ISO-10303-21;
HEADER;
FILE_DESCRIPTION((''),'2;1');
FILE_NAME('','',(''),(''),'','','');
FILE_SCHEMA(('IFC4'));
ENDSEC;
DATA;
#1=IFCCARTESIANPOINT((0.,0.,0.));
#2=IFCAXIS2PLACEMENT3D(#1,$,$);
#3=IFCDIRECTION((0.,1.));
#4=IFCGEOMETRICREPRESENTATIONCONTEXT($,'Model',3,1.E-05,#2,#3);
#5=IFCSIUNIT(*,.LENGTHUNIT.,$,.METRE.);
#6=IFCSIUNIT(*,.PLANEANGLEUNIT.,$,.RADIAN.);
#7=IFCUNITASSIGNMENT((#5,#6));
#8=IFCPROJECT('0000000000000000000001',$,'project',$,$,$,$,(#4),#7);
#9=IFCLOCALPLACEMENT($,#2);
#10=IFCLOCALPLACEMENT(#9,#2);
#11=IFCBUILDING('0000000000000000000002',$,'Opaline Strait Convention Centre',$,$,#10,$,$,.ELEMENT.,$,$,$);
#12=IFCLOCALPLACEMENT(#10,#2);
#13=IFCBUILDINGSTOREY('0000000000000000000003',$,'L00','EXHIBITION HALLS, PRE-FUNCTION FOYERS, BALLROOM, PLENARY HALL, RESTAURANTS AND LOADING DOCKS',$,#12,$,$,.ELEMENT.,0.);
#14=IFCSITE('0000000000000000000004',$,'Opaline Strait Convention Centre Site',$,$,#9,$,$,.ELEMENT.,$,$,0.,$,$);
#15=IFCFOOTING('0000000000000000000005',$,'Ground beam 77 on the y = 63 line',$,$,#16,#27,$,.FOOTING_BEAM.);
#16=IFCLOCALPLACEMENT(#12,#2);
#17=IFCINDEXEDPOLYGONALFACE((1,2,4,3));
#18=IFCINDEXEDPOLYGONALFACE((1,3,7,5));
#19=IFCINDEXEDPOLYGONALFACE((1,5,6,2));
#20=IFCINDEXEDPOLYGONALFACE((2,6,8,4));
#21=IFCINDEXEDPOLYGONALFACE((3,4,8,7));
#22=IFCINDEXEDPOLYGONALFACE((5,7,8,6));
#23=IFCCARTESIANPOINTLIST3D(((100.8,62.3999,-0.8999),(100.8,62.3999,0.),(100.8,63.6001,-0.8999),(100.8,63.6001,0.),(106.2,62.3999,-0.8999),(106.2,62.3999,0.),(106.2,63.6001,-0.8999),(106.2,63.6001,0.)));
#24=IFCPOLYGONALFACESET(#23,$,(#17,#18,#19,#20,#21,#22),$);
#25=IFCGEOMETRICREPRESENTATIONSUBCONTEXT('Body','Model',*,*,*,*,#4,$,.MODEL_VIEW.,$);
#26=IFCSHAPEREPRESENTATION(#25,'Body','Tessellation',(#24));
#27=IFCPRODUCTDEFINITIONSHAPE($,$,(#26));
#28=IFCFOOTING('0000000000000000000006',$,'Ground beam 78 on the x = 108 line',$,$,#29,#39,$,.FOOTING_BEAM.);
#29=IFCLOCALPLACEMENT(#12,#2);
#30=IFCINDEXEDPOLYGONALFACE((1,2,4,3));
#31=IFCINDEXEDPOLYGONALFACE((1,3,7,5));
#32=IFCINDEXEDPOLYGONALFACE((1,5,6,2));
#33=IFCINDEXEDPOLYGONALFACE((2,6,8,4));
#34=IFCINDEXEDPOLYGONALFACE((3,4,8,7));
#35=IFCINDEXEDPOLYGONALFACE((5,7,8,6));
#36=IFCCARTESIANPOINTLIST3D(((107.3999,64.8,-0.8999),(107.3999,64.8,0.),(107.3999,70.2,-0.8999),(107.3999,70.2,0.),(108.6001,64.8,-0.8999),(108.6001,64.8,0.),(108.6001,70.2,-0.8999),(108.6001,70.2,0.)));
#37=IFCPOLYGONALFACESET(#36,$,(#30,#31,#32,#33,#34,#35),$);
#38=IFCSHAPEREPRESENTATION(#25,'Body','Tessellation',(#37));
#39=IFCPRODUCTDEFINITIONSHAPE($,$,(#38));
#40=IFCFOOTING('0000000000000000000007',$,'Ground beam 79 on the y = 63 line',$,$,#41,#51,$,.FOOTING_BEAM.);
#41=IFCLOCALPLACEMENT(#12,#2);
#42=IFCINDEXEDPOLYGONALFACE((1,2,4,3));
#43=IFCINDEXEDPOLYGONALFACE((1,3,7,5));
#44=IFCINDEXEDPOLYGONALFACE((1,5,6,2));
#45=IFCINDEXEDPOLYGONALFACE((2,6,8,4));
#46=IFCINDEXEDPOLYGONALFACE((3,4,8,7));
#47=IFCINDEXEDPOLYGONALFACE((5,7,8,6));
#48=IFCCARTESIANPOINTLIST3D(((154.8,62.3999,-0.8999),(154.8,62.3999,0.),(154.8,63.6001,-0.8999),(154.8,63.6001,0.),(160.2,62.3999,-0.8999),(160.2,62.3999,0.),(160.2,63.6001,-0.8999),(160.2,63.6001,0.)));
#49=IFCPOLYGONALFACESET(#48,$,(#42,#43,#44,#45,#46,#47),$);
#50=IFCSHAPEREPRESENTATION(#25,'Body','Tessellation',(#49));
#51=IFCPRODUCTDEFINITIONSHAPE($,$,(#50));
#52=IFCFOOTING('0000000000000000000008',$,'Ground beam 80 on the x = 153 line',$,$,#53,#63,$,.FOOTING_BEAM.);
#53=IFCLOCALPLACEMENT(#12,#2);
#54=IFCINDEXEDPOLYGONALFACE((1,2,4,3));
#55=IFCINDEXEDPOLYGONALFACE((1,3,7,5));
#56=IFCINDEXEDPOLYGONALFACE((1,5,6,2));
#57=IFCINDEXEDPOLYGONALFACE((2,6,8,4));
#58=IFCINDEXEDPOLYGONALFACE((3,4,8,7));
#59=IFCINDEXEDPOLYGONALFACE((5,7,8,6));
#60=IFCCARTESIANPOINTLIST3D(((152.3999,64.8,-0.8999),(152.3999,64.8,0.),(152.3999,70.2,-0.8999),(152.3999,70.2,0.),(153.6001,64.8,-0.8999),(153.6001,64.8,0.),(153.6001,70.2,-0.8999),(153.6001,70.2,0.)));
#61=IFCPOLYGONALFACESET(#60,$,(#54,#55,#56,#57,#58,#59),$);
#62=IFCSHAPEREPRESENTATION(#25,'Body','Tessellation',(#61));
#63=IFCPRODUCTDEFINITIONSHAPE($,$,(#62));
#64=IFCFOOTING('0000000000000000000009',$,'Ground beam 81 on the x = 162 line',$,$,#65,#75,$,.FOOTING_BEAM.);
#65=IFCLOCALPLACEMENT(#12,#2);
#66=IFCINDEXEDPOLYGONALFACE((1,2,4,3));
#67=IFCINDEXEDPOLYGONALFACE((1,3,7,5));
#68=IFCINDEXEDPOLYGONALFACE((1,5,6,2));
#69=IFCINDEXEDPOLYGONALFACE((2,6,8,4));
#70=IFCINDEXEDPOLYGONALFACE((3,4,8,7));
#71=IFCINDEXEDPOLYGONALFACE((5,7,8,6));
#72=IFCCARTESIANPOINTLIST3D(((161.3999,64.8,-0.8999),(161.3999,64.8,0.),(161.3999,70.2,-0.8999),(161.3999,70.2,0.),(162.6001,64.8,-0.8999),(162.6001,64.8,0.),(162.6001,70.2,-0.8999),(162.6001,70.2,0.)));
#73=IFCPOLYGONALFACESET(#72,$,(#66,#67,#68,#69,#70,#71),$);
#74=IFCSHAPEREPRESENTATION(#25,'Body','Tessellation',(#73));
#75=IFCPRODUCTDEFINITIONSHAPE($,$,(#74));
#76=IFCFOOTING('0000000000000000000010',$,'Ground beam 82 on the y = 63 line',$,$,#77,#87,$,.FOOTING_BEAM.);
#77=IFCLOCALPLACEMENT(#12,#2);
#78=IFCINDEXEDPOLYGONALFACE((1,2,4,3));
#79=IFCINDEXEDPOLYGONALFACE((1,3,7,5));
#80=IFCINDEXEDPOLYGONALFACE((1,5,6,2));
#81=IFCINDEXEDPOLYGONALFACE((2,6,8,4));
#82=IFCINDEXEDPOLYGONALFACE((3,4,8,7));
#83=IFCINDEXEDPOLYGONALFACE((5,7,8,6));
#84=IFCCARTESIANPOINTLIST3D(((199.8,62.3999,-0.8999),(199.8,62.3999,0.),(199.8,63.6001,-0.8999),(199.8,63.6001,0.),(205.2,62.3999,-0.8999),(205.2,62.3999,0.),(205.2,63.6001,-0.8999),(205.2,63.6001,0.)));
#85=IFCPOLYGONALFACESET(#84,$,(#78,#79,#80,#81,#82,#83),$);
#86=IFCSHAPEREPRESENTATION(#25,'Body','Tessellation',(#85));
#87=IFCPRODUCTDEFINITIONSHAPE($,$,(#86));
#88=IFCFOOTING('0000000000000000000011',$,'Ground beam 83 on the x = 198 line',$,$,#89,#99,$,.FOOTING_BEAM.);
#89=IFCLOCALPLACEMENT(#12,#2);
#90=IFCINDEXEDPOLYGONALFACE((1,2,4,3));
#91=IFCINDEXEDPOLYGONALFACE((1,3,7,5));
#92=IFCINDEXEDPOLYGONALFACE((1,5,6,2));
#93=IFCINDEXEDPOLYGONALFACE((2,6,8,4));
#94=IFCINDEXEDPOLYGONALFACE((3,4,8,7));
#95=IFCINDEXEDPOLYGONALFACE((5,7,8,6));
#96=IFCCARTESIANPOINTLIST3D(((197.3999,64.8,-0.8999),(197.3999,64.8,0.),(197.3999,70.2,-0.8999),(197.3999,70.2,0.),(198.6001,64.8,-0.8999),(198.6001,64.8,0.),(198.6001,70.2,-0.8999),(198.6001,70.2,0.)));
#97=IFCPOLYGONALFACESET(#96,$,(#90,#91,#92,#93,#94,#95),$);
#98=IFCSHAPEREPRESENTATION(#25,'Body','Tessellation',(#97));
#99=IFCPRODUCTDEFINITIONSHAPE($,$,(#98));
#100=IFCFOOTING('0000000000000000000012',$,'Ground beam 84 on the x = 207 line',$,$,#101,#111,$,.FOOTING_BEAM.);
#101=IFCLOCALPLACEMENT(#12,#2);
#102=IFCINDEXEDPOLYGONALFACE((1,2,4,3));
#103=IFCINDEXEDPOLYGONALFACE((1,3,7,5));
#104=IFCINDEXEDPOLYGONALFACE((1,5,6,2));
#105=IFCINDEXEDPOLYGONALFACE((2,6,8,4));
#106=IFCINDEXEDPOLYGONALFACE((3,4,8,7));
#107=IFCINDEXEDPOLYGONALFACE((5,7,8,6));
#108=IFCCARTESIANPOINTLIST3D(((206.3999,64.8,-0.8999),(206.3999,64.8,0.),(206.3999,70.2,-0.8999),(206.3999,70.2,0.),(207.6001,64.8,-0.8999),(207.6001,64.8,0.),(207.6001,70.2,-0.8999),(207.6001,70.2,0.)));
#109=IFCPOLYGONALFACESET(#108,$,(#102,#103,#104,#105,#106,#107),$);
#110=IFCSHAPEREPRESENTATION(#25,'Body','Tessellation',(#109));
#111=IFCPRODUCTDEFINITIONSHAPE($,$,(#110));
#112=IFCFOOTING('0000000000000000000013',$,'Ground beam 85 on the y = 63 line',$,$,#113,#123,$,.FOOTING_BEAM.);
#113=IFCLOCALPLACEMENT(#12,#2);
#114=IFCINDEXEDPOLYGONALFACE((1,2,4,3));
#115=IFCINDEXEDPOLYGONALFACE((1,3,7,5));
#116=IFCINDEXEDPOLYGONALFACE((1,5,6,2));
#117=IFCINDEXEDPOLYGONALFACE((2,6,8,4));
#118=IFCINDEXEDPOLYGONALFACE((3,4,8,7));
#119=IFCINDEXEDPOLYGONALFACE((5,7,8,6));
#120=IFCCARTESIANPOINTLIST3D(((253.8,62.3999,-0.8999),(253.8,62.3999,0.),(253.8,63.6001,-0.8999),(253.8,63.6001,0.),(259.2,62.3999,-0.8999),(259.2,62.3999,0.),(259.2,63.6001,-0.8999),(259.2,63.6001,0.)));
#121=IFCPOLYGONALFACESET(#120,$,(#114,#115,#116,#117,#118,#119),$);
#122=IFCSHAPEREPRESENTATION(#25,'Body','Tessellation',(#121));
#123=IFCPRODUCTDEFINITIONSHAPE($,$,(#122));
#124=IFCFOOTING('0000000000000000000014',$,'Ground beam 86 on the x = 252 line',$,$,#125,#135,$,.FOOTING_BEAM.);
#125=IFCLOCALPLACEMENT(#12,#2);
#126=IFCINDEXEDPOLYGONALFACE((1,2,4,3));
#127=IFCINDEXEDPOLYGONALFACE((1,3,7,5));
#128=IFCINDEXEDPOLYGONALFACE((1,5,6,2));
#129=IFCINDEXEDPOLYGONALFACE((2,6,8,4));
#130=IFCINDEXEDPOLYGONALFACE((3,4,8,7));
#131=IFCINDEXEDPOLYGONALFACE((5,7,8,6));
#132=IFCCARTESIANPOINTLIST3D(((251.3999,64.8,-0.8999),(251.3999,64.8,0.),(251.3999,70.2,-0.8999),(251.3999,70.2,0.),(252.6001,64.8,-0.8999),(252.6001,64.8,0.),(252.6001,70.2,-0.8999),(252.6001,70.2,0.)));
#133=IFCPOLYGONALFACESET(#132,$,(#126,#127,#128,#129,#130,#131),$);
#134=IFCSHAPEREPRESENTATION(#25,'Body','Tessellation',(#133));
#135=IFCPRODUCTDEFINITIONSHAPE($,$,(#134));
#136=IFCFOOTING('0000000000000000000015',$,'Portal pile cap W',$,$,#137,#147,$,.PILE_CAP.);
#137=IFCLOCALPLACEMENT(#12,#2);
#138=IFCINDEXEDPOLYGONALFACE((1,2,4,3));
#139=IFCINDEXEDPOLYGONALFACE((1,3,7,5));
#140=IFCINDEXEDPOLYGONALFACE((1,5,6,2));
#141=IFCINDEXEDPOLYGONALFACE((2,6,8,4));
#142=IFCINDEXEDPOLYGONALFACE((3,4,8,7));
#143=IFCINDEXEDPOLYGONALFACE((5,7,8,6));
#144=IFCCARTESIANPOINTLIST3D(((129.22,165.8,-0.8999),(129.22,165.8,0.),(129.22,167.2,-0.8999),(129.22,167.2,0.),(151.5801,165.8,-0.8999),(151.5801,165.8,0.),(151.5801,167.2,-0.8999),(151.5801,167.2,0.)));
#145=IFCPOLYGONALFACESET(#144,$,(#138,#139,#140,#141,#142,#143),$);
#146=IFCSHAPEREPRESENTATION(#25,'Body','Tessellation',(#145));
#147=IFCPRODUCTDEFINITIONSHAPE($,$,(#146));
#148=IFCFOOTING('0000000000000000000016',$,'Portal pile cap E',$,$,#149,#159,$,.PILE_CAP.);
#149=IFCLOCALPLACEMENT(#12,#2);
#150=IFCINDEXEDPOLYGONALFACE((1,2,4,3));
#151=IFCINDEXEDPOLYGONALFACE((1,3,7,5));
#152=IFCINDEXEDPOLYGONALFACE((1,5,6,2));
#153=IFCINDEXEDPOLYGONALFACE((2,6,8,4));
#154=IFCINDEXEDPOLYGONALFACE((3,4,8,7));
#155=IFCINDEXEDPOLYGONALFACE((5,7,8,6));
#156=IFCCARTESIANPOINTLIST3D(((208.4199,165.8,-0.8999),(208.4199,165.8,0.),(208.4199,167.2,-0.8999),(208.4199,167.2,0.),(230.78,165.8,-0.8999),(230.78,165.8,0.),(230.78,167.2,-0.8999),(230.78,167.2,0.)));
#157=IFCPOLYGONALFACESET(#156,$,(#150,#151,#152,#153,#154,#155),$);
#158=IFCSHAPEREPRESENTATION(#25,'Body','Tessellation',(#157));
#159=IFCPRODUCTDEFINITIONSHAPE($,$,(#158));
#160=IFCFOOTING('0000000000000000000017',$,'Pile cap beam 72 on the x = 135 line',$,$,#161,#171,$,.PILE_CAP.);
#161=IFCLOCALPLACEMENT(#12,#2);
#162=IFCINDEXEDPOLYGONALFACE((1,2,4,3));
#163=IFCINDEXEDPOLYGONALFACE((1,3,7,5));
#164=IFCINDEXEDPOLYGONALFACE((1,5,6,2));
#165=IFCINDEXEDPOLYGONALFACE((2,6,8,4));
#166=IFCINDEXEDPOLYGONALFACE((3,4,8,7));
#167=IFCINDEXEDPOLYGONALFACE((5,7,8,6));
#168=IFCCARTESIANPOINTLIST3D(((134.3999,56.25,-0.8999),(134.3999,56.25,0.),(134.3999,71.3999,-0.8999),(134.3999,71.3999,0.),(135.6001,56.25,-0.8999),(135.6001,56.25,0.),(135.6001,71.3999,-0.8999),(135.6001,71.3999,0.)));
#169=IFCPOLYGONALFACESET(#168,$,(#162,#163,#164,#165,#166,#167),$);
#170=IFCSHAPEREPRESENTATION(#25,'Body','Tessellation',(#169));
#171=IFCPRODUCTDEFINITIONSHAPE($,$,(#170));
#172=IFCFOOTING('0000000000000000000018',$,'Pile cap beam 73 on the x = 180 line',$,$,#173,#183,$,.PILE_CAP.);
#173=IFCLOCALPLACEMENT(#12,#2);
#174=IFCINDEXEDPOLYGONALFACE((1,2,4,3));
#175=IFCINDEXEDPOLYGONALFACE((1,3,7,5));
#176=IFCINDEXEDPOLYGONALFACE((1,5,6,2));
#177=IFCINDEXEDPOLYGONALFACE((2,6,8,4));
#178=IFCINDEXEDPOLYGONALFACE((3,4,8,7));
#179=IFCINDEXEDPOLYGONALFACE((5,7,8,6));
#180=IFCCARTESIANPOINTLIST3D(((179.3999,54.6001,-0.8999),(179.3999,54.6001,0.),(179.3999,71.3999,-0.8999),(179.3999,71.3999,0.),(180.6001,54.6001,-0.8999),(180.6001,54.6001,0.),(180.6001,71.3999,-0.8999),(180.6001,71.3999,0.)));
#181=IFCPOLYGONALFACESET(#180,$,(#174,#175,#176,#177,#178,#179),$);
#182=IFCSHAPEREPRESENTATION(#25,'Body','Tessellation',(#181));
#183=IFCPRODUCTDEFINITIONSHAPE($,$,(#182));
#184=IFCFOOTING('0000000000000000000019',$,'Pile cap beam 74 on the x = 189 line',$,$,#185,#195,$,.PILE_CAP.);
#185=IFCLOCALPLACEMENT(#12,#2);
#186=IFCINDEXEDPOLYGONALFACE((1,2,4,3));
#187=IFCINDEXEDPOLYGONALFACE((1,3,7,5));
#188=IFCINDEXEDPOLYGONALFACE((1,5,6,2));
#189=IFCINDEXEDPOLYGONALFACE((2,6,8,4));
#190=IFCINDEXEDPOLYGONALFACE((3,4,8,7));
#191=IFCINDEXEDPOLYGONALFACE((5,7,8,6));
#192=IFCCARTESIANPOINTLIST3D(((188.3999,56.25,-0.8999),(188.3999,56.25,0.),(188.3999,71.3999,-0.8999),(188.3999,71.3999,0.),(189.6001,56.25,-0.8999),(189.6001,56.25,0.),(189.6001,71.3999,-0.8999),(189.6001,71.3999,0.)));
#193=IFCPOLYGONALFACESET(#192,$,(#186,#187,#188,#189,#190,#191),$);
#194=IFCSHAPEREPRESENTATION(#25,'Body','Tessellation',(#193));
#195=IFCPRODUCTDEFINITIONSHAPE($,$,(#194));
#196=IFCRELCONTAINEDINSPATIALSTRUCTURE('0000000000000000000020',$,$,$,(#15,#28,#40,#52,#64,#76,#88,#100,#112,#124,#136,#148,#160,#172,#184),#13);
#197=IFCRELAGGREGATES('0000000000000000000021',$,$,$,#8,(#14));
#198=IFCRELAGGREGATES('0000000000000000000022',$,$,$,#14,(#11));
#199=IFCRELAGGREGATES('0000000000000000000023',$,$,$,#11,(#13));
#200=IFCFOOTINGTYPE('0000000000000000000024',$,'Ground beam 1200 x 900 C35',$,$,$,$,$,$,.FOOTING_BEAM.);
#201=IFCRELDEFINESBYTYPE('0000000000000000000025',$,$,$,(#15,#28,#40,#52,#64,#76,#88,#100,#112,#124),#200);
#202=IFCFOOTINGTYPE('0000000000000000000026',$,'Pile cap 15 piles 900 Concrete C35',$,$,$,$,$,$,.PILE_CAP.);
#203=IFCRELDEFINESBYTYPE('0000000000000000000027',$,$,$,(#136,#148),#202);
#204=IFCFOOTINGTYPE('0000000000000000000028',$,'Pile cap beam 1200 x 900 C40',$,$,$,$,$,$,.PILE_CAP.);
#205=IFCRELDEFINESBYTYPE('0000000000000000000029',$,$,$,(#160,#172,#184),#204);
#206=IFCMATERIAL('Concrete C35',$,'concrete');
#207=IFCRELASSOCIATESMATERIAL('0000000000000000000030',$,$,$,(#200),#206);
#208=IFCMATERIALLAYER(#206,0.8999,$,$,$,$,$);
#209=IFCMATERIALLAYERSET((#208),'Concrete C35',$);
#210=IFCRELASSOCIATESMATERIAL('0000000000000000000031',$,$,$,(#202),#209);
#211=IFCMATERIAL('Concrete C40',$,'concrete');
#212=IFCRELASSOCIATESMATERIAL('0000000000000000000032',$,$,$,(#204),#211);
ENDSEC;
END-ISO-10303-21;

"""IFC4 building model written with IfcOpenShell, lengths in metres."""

from ifc_helpers import new_model, si_unit, direction, frame, origin, place, context, subcontext, project, spatial, polyline, outline, extrude, material, layer, layer_set, type_object, element, save


model = new_model("IFC4")

# Units and contexts
model_context = context("Model", 3, precision=1e-05, world=origin(), true_north=direction((0.0, 1.0)))
body_context = subcontext(model_context, "Body", "Model", "MODEL_VIEW")
ifc_project = project(units=[si_unit("LENGTHUNIT", "METRE"), si_unit("PLANEANGLEUNIT", "RADIAN")], contexts=[model_context])

# Site, building, storey
site_placement = place(None, origin())
site = spatial("IfcSite", under=ifc_project, at=site_placement, Name="Opaline Strait Convention Centre Site", CompositionType="ELEMENT", RefElevation=0.0)
building_placement = place(site_placement, origin())
building = spatial("IfcBuilding", under=site, at=building_placement, Name="Opaline Strait Convention Centre", CompositionType="ELEMENT")
storey_placement = place(building_placement, origin())
storey = spatial("IfcBuildingStorey", under=building, at=storey_placement, Name="L00", Description="EXHIBITION HALLS, PRE-FUNCTION FOYERS, BALLROOM, PLENARY HALL, RESTAURANTS AND LOADING DOCKS", CompositionType="ELEMENT", Elevation=0.0)

# Footings
ifc_material_1 = material(Name="Concrete C35", Category="concrete")
footing_type_1 = type_object("IfcFootingType", Name="Ground beam 1200 x 900 C35", PredefinedType="FOOTING_BEAM", material=ifc_material_1)
footing_1_placement = place(storey_placement, frame((0.0, 0.0, -0.8999)))
element("IfcFooting", 1, at=footing_1_placement, inside=storey, type_object=footing_type_1, Name="Ground beam 77 on the y = 63 line", PredefinedType="FOOTING_BEAM", context=body_context, shape_type="SweptSolid", body=[
    extrude(outline(polyline([(100.8, 62.3999), (106.2, 62.3999), (106.2, 63.6001), (100.8, 63.6001), (100.8, 62.3999)])), origin(), (0.0, 0.0, 1.0), 0.8999),
])
footing_2_placement = place(storey_placement, frame((0.0, 0.0, -0.8999)))
element("IfcFooting", 2, at=footing_2_placement, inside=storey, type_object=footing_type_1, Name="Ground beam 78 on the x = 108 line", PredefinedType="FOOTING_BEAM", context=body_context, shape_type="SweptSolid", body=[
    extrude(outline(polyline([(107.3999, 64.8), (108.6001, 64.8), (108.6001, 70.2), (107.3999, 70.2), (107.3999, 64.8)])), origin(), (0.0, 0.0, 1.0), 0.8999),
])
footing_3_placement = place(storey_placement, frame((0.0, 0.0, -0.8999)))
element("IfcFooting", 3, at=footing_3_placement, inside=storey, type_object=footing_type_1, Name="Ground beam 79 on the y = 63 line", PredefinedType="FOOTING_BEAM", context=body_context, shape_type="SweptSolid", body=[
    extrude(outline(polyline([(154.8, 62.3999), (160.2, 62.3999), (160.2, 63.6001), (154.8, 63.6001), (154.8, 62.3999)])), origin(), (0.0, 0.0, 1.0), 0.8999),
])
footing_4_placement = place(storey_placement, frame((0.0, 0.0, -0.8999)))
element("IfcFooting", 4, at=footing_4_placement, inside=storey, type_object=footing_type_1, Name="Ground beam 80 on the x = 153 line", PredefinedType="FOOTING_BEAM", context=body_context, shape_type="SweptSolid", body=[
    extrude(outline(polyline([(152.3999, 64.8), (153.6001, 64.8), (153.6001, 70.2), (152.3999, 70.2), (152.3999, 64.8)])), origin(), (0.0, 0.0, 1.0), 0.8999),
])
footing_5_placement = place(storey_placement, frame((0.0, 0.0, -0.8999)))
element("IfcFooting", 5, at=footing_5_placement, inside=storey, type_object=footing_type_1, Name="Ground beam 81 on the x = 162 line", PredefinedType="FOOTING_BEAM", context=body_context, shape_type="SweptSolid", body=[
    extrude(outline(polyline([(161.3999, 64.8), (162.6001, 64.8), (162.6001, 70.2), (161.3999, 70.2), (161.3999, 64.8)])), origin(), (0.0, 0.0, 1.0), 0.8999),
])
footing_6_placement = place(storey_placement, frame((0.0, 0.0, -0.8999)))
element("IfcFooting", 6, at=footing_6_placement, inside=storey, type_object=footing_type_1, Name="Ground beam 82 on the y = 63 line", PredefinedType="FOOTING_BEAM", context=body_context, shape_type="SweptSolid", body=[
    extrude(outline(polyline([(199.8, 62.3999), (205.2, 62.3999), (205.2, 63.6001), (199.8, 63.6001), (199.8, 62.3999)])), origin(), (0.0, 0.0, 1.0), 0.8999),
])
footing_7_placement = place(storey_placement, frame((0.0, 0.0, -0.8999)))
element("IfcFooting", 7, at=footing_7_placement, inside=storey, type_object=footing_type_1, Name="Ground beam 83 on the x = 198 line", PredefinedType="FOOTING_BEAM", context=body_context, shape_type="SweptSolid", body=[
    extrude(outline(polyline([(197.3999, 64.8), (198.6001, 64.8), (198.6001, 70.2), (197.3999, 70.2), (197.3999, 64.8)])), origin(), (0.0, 0.0, 1.0), 0.8999),
])
footing_8_placement = place(storey_placement, frame((0.0, 0.0, -0.8999)))
element("IfcFooting", 8, at=footing_8_placement, inside=storey, type_object=footing_type_1, Name="Ground beam 84 on the x = 207 line", PredefinedType="FOOTING_BEAM", context=body_context, shape_type="SweptSolid", body=[
    extrude(outline(polyline([(206.3999, 64.8), (207.6001, 64.8), (207.6001, 70.2), (206.3999, 70.2), (206.3999, 64.8)])), origin(), (0.0, 0.0, 1.0), 0.8999),
])
footing_9_placement = place(storey_placement, frame((0.0, 0.0, -0.8999)))
element("IfcFooting", 9, at=footing_9_placement, inside=storey, type_object=footing_type_1, Name="Ground beam 85 on the y = 63 line", PredefinedType="FOOTING_BEAM", context=body_context, shape_type="SweptSolid", body=[
    extrude(outline(polyline([(253.8, 62.3999), (259.2, 62.3999), (259.2, 63.6001), (253.8, 63.6001), (253.8, 62.3999)])), origin(), (0.0, 0.0, 1.0), 0.8999),
])
footing_10_placement = place(storey_placement, frame((0.0, 0.0, -0.8999)))
element("IfcFooting", 10, at=footing_10_placement, inside=storey, type_object=footing_type_1, Name="Ground beam 86 on the x = 252 line", PredefinedType="FOOTING_BEAM", context=body_context, shape_type="SweptSolid", body=[
    extrude(outline(polyline([(251.3999, 64.8), (252.6001, 64.8), (252.6001, 70.2), (251.3999, 70.2), (251.3999, 64.8)])), origin(), (0.0, 0.0, 1.0), 0.8999),
])
ifc_layer_1 = layer(ifc_material_1, 0.8999)
ifc_layer_set_1 = layer_set([ifc_layer_1], Name="Concrete C35")
footing_type_2 = type_object("IfcFootingType", Name="Pile cap 15 piles 900 Concrete C35", PredefinedType="PILE_CAP", material=ifc_layer_set_1)
footing_11_placement = place(storey_placement, frame((0.0, 0.0, -0.8999)))
element("IfcFooting", 11, at=footing_11_placement, inside=storey, type_object=footing_type_2, Name="Portal pile cap W", PredefinedType="PILE_CAP", context=body_context, shape_type="SweptSolid", body=[
    extrude(outline(polyline([(129.22, 165.8), (151.5801, 165.8), (151.5801, 167.2), (129.22, 167.2), (129.22, 165.8)])), origin(), (0.0, 0.0, 1.0), 0.8999),
])
footing_12_placement = place(storey_placement, frame((0.0, 0.0, -0.8999)))
element("IfcFooting", 12, at=footing_12_placement, inside=storey, type_object=footing_type_2, Name="Portal pile cap E", PredefinedType="PILE_CAP", context=body_context, shape_type="SweptSolid", body=[
    extrude(outline(polyline([(208.4199, 165.8), (230.78, 165.8), (230.78, 167.2), (208.4199, 167.2), (208.4199, 165.8)])), origin(), (0.0, 0.0, 1.0), 0.8999),
])
ifc_material_2 = material(Name="Concrete C40", Category="concrete")
footing_type_3 = type_object("IfcFootingType", Name="Pile cap beam 1200 x 900 C40", PredefinedType="PILE_CAP", material=ifc_material_2)
footing_13_placement = place(storey_placement, frame((0.0, 0.0, -0.8999)))
element("IfcFooting", 13, at=footing_13_placement, inside=storey, type_object=footing_type_3, Name="Pile cap beam 72 on the x = 135 line", PredefinedType="PILE_CAP", context=body_context, shape_type="SweptSolid", body=[
    extrude(outline(polyline([(134.3999, 56.25), (135.6001, 56.25), (135.6001, 71.3999), (134.3999, 71.3999), (134.3999, 56.25)])), origin(), (0.0, 0.0, 1.0), 0.8999),
])
footing_14_placement = place(storey_placement, frame((0.0, 0.0, -0.8999)))
element("IfcFooting", 14, at=footing_14_placement, inside=storey, type_object=footing_type_3, Name="Pile cap beam 73 on the x = 180 line", PredefinedType="PILE_CAP", context=body_context, shape_type="SweptSolid", body=[
    extrude(outline(polyline([(179.3999, 54.6001), (180.6001, 54.6001), (180.6001, 71.3999), (179.3999, 71.3999), (179.3999, 54.6001)])), origin(), (0.0, 0.0, 1.0), 0.8999),
])
footing_15_placement = place(storey_placement, frame((0.0, 0.0, -0.8999)))
element("IfcFooting", 15, at=footing_15_placement, inside=storey, type_object=footing_type_3, Name="Pile cap beam 74 on the x = 189 line", PredefinedType="PILE_CAP", context=body_context, shape_type="SweptSolid", body=[
    extrude(outline(polyline([(188.3999, 56.25), (189.6001, 56.25), (189.6001, 71.3999), (188.3999, 71.3999), (188.3999, 56.25)])), origin(), (0.0, 0.0, 1.0), 0.8999),
])

save(model, "model.ifc")
